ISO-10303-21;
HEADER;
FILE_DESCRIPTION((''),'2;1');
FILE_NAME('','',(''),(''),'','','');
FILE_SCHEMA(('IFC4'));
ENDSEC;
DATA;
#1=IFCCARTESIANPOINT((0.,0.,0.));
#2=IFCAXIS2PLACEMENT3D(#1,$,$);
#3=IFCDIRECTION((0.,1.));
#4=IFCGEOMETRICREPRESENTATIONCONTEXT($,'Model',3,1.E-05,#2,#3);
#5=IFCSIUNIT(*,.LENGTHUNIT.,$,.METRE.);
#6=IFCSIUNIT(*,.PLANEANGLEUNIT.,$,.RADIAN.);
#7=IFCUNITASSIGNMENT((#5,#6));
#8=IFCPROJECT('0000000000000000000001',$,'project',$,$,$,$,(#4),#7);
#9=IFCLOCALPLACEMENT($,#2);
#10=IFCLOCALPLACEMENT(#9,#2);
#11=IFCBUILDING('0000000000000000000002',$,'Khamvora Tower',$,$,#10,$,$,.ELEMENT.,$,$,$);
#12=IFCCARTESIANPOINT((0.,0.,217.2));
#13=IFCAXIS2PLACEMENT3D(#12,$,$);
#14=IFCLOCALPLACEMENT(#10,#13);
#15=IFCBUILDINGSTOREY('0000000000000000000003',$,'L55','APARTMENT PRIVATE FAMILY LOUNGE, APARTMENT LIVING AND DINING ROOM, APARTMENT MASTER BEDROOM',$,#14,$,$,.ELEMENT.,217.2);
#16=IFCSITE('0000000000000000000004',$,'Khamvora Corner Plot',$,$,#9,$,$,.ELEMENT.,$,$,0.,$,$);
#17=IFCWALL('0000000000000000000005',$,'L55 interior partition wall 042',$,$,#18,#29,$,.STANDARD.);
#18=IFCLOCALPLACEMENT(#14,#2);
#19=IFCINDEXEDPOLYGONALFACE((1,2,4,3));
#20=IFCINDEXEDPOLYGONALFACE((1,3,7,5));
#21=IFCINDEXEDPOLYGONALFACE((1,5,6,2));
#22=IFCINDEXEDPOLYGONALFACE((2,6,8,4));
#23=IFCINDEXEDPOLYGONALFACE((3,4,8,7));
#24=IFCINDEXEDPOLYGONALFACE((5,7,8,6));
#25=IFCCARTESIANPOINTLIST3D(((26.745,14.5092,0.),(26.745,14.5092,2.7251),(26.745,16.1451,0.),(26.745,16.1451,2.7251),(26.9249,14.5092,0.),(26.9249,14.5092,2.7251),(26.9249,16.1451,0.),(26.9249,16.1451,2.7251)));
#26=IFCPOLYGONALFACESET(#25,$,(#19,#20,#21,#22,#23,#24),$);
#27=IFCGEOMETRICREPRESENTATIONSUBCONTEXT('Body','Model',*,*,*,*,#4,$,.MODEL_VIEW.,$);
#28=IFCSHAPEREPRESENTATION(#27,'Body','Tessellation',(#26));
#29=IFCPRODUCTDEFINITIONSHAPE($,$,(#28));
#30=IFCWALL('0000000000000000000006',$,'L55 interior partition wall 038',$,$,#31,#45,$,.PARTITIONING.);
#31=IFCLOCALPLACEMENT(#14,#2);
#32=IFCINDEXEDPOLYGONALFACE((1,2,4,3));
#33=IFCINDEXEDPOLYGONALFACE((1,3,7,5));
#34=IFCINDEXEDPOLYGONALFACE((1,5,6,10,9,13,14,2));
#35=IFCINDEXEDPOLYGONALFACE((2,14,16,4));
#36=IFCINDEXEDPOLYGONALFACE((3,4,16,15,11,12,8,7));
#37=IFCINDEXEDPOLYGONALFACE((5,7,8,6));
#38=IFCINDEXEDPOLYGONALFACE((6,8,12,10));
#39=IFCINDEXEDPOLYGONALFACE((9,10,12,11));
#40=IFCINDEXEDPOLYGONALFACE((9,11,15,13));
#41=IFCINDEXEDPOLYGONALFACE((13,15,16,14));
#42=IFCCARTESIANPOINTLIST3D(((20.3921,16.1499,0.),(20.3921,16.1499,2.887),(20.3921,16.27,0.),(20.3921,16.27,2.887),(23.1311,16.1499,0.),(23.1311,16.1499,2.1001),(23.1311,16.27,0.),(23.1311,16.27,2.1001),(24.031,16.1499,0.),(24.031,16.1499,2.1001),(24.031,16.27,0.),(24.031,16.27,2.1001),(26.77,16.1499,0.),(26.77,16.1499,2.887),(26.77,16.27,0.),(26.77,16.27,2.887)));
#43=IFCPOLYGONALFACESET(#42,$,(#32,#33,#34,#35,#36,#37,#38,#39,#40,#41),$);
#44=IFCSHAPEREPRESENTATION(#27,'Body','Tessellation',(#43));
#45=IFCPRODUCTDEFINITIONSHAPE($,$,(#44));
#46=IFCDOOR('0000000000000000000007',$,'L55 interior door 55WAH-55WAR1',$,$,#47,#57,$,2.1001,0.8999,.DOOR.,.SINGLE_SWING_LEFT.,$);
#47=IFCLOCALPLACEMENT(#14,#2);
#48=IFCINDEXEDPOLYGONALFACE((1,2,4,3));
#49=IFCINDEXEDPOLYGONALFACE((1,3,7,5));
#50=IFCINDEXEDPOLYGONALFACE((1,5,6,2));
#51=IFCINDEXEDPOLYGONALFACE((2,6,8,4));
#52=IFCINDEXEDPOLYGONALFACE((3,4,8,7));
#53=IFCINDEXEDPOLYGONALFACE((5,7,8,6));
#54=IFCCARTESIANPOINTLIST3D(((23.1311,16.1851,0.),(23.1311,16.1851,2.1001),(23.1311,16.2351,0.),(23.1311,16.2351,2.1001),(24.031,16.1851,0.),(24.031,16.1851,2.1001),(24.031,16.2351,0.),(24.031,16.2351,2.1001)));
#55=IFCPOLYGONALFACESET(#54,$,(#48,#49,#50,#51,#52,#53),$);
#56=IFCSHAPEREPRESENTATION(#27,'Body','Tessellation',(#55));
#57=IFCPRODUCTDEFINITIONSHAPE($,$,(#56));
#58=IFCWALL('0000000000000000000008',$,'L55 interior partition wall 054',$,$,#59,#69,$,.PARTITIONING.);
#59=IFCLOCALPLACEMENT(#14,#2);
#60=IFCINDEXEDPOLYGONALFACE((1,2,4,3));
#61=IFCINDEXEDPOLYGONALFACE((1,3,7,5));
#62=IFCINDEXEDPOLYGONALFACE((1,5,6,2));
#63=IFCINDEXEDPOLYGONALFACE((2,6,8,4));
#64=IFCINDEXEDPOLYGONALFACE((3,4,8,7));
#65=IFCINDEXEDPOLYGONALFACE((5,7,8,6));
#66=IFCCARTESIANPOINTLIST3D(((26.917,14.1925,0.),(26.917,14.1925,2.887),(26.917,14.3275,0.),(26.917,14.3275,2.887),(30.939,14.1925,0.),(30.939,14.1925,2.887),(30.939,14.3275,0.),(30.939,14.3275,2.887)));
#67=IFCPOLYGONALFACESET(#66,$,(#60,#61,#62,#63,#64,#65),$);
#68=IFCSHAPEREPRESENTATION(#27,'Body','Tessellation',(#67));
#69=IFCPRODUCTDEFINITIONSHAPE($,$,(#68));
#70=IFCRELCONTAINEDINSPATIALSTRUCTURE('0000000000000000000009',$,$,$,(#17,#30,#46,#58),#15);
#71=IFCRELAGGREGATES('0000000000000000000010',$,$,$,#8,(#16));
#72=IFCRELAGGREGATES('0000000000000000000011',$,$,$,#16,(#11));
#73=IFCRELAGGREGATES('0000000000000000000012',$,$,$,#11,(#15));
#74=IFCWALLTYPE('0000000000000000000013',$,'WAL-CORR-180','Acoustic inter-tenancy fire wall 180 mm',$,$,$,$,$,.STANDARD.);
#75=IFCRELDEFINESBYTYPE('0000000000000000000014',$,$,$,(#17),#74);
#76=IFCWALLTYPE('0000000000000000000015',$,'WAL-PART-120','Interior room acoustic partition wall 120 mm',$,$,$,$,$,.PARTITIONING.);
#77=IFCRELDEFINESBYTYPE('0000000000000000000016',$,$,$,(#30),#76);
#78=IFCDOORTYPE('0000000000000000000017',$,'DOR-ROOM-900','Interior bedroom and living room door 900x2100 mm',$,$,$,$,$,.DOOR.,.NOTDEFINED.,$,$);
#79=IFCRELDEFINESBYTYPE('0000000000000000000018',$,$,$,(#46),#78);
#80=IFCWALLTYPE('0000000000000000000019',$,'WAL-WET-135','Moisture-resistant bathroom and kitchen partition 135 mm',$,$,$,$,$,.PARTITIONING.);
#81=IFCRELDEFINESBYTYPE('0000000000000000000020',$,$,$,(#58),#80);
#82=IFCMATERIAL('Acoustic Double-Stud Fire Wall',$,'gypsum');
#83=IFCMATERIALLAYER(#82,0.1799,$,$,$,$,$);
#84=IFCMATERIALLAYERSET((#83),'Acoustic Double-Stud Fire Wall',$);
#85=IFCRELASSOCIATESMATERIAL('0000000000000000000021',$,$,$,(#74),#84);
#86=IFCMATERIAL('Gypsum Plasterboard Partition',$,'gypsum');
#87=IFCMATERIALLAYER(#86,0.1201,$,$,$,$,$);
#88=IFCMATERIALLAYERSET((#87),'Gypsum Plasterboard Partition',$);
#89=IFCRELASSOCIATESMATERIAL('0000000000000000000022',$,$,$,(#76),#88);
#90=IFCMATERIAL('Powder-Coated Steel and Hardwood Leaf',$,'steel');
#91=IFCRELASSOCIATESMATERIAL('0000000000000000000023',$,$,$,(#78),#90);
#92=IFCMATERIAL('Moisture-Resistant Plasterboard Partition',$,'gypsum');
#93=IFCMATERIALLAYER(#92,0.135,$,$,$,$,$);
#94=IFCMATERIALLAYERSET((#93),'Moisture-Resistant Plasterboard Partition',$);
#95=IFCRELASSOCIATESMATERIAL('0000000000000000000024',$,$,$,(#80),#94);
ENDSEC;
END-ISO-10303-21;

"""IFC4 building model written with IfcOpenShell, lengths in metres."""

from ifc_helpers import new_model, si_unit, direction, frame, frame_2d, origin, place, context, subcontext, project, spatial, rectangle, extrude, material, layer, layer_set, type_object, element, fill, save


model = new_model("IFC4")

# Units and contexts
model_context = context("Model", 3, precision=1e-05, world=origin(), true_north=direction((0.0, 1.0)))
body_context = subcontext(model_context, "Body", "Model", "MODEL_VIEW")
ifc_project = project(units=[si_unit("LENGTHUNIT", "METRE"), si_unit("PLANEANGLEUNIT", "RADIAN")], contexts=[model_context])

# Site, building, storey
site_placement = place(None, origin())
site = spatial("IfcSite", under=ifc_project, at=site_placement, Name="Khamvora Corner Plot", CompositionType="ELEMENT", RefElevation=0.0)
building_placement = place(site_placement, origin())
building = spatial("IfcBuilding", under=site, at=building_placement, Name="Khamvora Tower", CompositionType="ELEMENT")
storey_placement = place(building_placement, frame((0.0, 0.0, 217.2)))
storey = spatial("IfcBuildingStorey", under=building, at=storey_placement, Name="L55", Description="APARTMENT PRIVATE FAMILY LOUNGE, APARTMENT LIVING AND DINING ROOM, APARTMENT MASTER BEDROOM", CompositionType="ELEMENT", Elevation=217.2)

# Shared definitions
ifc_material_1 = material(Name="Powder-Coated Steel and Hardwood Leaf", Category="steel")

# Wall
ifc_material_2 = material(Name="Acoustic Double-Stud Fire Wall", Category="gypsum")
ifc_layer_1 = layer(ifc_material_2, 0.1799)
ifc_layer_set_1 = layer_set([ifc_layer_1], Name="Acoustic Double-Stud Fire Wall")
wall_type_1 = type_object("IfcWallType", Name="WAL-CORR-180", Description="Acoustic inter-tenancy fire wall 180 mm", PredefinedType="STANDARD", material=ifc_layer_set_1)
wall_1_placement = place(storey_placement, frame((26.835, 16.145, 0.0), z_axis=(0.0, 0.0, 1.0), x_axis=(0.0, -1.0, 0.0)))
element("IfcWall", 1, at=wall_1_placement, inside=storey, type_object=wall_type_1, Name="L55 interior partition wall 042", PredefinedType="STANDARD", context=body_context, shape_type="SweptSolid", body=[
    extrude(rectangle(XDim=1.636, YDim=0.1799, at=frame_2d((0.8179, 0.0))), origin(), (0.0, 0.0, 1.0), 2.7251),
])

# Wall, opening, door
ifc_material_3 = material(Name="Gypsum Plasterboard Partition", Category="gypsum")
ifc_layer_2 = layer(ifc_material_3, 0.1201)
ifc_layer_set_2 = layer_set([ifc_layer_2], Name="Gypsum Plasterboard Partition")
wall_type_2 = type_object("IfcWallType", Name="WAL-PART-120", Description="Interior room acoustic partition wall 120 mm", PredefinedType="PARTITIONING", material=ifc_layer_set_2)
wall_2_placement = place(storey_placement, frame((26.77, 16.21, 0.0), z_axis=(0.0, 0.0, 1.0), x_axis=(-1.0, 0.0, 0.0)))
wall_2 = element("IfcWall", 2, at=wall_2_placement, inside=storey, type_object=wall_type_2, Name="L55 interior partition wall 038", PredefinedType="PARTITIONING", context=body_context, shape_type="SweptSolid", body=[
    extrude(rectangle(XDim=6.3779, YDim=0.1201, at=frame_2d((3.189, 0.0))), origin(), (0.0, 0.0, 1.0), 2.887),
])
opening_1_placement = place(wall_2_placement, frame((2.739, 0.0, 0.0)))
opening_1 = element("IfcOpeningElement", 3, at=opening_1_placement, cuts=wall_2, PredefinedType="OPENING", context=body_context, shape_type="SweptSolid", body=[
    extrude(rectangle(XDim=0.8999, YDim=2.1001, at=frame_2d((0.45, 1.05))), frame((0.0, 0.0701, 0.0), z_axis=(0.0, -1.0, 0.0), x_axis=(1.0, 0.0, 0.0)), (0.0, 0.0, 1.0), 0.1401),
])
door_type_1 = type_object("IfcDoorType", Name="DOR-ROOM-900", Description="Interior bedroom and living room door 900x2100 mm", OperationType="NOTDEFINED", PredefinedType="DOOR", material=ifc_material_1)
door_1_placement = place(opening_1_placement, origin())
door_1 = element("IfcDoor", 4, at=door_1_placement, inside=storey, type_object=door_type_1, Name="L55 interior door 55WAH-55WAR1", OperationType="SINGLE_SWING_LEFT", OverallHeight=2.1001, OverallWidth=0.8999, PredefinedType="DOOR", context=body_context, shape_type="SweptSolid", body=[
    extrude(rectangle(XDim=0.8999, YDim=2.1001, at=frame_2d((0.45, 1.05))), frame((0.0, 0.0249, 0.0), z_axis=(0.0, -1.0, 0.0), x_axis=(1.0, 0.0, 0.0)), (0.0, 0.0, 1.0), 0.05),
])
fill(opening_1, door_1)

# Wall
ifc_material_4 = material(Name="Moisture-Resistant Plasterboard Partition", Category="gypsum")
ifc_layer_3 = layer(ifc_material_4, 0.135)
ifc_layer_set_3 = layer_set([ifc_layer_3], Name="Moisture-Resistant Plasterboard Partition")
wall_type_3 = type_object("IfcWallType", Name="WAL-WET-135", Description="Moisture-resistant bathroom and kitchen partition 135 mm", PredefinedType="PARTITIONING", material=ifc_layer_set_3)
wall_3_placement = place(storey_placement, frame((26.917, 14.26, 0.0), z_axis=(0.0, 0.0, 1.0), x_axis=(1.0, 0.0, 0.0)))
element("IfcWall", 5, at=wall_3_placement, inside=storey, type_object=wall_type_3, Name="L55 interior partition wall 054", PredefinedType="PARTITIONING", context=body_context, shape_type="SweptSolid", body=[
    extrude(rectangle(XDim=4.022, YDim=0.135, at=frame_2d((2.011, 0.0))), origin(), (0.0, 0.0, 1.0), 2.887),
])

save(model, "model.ifc")
